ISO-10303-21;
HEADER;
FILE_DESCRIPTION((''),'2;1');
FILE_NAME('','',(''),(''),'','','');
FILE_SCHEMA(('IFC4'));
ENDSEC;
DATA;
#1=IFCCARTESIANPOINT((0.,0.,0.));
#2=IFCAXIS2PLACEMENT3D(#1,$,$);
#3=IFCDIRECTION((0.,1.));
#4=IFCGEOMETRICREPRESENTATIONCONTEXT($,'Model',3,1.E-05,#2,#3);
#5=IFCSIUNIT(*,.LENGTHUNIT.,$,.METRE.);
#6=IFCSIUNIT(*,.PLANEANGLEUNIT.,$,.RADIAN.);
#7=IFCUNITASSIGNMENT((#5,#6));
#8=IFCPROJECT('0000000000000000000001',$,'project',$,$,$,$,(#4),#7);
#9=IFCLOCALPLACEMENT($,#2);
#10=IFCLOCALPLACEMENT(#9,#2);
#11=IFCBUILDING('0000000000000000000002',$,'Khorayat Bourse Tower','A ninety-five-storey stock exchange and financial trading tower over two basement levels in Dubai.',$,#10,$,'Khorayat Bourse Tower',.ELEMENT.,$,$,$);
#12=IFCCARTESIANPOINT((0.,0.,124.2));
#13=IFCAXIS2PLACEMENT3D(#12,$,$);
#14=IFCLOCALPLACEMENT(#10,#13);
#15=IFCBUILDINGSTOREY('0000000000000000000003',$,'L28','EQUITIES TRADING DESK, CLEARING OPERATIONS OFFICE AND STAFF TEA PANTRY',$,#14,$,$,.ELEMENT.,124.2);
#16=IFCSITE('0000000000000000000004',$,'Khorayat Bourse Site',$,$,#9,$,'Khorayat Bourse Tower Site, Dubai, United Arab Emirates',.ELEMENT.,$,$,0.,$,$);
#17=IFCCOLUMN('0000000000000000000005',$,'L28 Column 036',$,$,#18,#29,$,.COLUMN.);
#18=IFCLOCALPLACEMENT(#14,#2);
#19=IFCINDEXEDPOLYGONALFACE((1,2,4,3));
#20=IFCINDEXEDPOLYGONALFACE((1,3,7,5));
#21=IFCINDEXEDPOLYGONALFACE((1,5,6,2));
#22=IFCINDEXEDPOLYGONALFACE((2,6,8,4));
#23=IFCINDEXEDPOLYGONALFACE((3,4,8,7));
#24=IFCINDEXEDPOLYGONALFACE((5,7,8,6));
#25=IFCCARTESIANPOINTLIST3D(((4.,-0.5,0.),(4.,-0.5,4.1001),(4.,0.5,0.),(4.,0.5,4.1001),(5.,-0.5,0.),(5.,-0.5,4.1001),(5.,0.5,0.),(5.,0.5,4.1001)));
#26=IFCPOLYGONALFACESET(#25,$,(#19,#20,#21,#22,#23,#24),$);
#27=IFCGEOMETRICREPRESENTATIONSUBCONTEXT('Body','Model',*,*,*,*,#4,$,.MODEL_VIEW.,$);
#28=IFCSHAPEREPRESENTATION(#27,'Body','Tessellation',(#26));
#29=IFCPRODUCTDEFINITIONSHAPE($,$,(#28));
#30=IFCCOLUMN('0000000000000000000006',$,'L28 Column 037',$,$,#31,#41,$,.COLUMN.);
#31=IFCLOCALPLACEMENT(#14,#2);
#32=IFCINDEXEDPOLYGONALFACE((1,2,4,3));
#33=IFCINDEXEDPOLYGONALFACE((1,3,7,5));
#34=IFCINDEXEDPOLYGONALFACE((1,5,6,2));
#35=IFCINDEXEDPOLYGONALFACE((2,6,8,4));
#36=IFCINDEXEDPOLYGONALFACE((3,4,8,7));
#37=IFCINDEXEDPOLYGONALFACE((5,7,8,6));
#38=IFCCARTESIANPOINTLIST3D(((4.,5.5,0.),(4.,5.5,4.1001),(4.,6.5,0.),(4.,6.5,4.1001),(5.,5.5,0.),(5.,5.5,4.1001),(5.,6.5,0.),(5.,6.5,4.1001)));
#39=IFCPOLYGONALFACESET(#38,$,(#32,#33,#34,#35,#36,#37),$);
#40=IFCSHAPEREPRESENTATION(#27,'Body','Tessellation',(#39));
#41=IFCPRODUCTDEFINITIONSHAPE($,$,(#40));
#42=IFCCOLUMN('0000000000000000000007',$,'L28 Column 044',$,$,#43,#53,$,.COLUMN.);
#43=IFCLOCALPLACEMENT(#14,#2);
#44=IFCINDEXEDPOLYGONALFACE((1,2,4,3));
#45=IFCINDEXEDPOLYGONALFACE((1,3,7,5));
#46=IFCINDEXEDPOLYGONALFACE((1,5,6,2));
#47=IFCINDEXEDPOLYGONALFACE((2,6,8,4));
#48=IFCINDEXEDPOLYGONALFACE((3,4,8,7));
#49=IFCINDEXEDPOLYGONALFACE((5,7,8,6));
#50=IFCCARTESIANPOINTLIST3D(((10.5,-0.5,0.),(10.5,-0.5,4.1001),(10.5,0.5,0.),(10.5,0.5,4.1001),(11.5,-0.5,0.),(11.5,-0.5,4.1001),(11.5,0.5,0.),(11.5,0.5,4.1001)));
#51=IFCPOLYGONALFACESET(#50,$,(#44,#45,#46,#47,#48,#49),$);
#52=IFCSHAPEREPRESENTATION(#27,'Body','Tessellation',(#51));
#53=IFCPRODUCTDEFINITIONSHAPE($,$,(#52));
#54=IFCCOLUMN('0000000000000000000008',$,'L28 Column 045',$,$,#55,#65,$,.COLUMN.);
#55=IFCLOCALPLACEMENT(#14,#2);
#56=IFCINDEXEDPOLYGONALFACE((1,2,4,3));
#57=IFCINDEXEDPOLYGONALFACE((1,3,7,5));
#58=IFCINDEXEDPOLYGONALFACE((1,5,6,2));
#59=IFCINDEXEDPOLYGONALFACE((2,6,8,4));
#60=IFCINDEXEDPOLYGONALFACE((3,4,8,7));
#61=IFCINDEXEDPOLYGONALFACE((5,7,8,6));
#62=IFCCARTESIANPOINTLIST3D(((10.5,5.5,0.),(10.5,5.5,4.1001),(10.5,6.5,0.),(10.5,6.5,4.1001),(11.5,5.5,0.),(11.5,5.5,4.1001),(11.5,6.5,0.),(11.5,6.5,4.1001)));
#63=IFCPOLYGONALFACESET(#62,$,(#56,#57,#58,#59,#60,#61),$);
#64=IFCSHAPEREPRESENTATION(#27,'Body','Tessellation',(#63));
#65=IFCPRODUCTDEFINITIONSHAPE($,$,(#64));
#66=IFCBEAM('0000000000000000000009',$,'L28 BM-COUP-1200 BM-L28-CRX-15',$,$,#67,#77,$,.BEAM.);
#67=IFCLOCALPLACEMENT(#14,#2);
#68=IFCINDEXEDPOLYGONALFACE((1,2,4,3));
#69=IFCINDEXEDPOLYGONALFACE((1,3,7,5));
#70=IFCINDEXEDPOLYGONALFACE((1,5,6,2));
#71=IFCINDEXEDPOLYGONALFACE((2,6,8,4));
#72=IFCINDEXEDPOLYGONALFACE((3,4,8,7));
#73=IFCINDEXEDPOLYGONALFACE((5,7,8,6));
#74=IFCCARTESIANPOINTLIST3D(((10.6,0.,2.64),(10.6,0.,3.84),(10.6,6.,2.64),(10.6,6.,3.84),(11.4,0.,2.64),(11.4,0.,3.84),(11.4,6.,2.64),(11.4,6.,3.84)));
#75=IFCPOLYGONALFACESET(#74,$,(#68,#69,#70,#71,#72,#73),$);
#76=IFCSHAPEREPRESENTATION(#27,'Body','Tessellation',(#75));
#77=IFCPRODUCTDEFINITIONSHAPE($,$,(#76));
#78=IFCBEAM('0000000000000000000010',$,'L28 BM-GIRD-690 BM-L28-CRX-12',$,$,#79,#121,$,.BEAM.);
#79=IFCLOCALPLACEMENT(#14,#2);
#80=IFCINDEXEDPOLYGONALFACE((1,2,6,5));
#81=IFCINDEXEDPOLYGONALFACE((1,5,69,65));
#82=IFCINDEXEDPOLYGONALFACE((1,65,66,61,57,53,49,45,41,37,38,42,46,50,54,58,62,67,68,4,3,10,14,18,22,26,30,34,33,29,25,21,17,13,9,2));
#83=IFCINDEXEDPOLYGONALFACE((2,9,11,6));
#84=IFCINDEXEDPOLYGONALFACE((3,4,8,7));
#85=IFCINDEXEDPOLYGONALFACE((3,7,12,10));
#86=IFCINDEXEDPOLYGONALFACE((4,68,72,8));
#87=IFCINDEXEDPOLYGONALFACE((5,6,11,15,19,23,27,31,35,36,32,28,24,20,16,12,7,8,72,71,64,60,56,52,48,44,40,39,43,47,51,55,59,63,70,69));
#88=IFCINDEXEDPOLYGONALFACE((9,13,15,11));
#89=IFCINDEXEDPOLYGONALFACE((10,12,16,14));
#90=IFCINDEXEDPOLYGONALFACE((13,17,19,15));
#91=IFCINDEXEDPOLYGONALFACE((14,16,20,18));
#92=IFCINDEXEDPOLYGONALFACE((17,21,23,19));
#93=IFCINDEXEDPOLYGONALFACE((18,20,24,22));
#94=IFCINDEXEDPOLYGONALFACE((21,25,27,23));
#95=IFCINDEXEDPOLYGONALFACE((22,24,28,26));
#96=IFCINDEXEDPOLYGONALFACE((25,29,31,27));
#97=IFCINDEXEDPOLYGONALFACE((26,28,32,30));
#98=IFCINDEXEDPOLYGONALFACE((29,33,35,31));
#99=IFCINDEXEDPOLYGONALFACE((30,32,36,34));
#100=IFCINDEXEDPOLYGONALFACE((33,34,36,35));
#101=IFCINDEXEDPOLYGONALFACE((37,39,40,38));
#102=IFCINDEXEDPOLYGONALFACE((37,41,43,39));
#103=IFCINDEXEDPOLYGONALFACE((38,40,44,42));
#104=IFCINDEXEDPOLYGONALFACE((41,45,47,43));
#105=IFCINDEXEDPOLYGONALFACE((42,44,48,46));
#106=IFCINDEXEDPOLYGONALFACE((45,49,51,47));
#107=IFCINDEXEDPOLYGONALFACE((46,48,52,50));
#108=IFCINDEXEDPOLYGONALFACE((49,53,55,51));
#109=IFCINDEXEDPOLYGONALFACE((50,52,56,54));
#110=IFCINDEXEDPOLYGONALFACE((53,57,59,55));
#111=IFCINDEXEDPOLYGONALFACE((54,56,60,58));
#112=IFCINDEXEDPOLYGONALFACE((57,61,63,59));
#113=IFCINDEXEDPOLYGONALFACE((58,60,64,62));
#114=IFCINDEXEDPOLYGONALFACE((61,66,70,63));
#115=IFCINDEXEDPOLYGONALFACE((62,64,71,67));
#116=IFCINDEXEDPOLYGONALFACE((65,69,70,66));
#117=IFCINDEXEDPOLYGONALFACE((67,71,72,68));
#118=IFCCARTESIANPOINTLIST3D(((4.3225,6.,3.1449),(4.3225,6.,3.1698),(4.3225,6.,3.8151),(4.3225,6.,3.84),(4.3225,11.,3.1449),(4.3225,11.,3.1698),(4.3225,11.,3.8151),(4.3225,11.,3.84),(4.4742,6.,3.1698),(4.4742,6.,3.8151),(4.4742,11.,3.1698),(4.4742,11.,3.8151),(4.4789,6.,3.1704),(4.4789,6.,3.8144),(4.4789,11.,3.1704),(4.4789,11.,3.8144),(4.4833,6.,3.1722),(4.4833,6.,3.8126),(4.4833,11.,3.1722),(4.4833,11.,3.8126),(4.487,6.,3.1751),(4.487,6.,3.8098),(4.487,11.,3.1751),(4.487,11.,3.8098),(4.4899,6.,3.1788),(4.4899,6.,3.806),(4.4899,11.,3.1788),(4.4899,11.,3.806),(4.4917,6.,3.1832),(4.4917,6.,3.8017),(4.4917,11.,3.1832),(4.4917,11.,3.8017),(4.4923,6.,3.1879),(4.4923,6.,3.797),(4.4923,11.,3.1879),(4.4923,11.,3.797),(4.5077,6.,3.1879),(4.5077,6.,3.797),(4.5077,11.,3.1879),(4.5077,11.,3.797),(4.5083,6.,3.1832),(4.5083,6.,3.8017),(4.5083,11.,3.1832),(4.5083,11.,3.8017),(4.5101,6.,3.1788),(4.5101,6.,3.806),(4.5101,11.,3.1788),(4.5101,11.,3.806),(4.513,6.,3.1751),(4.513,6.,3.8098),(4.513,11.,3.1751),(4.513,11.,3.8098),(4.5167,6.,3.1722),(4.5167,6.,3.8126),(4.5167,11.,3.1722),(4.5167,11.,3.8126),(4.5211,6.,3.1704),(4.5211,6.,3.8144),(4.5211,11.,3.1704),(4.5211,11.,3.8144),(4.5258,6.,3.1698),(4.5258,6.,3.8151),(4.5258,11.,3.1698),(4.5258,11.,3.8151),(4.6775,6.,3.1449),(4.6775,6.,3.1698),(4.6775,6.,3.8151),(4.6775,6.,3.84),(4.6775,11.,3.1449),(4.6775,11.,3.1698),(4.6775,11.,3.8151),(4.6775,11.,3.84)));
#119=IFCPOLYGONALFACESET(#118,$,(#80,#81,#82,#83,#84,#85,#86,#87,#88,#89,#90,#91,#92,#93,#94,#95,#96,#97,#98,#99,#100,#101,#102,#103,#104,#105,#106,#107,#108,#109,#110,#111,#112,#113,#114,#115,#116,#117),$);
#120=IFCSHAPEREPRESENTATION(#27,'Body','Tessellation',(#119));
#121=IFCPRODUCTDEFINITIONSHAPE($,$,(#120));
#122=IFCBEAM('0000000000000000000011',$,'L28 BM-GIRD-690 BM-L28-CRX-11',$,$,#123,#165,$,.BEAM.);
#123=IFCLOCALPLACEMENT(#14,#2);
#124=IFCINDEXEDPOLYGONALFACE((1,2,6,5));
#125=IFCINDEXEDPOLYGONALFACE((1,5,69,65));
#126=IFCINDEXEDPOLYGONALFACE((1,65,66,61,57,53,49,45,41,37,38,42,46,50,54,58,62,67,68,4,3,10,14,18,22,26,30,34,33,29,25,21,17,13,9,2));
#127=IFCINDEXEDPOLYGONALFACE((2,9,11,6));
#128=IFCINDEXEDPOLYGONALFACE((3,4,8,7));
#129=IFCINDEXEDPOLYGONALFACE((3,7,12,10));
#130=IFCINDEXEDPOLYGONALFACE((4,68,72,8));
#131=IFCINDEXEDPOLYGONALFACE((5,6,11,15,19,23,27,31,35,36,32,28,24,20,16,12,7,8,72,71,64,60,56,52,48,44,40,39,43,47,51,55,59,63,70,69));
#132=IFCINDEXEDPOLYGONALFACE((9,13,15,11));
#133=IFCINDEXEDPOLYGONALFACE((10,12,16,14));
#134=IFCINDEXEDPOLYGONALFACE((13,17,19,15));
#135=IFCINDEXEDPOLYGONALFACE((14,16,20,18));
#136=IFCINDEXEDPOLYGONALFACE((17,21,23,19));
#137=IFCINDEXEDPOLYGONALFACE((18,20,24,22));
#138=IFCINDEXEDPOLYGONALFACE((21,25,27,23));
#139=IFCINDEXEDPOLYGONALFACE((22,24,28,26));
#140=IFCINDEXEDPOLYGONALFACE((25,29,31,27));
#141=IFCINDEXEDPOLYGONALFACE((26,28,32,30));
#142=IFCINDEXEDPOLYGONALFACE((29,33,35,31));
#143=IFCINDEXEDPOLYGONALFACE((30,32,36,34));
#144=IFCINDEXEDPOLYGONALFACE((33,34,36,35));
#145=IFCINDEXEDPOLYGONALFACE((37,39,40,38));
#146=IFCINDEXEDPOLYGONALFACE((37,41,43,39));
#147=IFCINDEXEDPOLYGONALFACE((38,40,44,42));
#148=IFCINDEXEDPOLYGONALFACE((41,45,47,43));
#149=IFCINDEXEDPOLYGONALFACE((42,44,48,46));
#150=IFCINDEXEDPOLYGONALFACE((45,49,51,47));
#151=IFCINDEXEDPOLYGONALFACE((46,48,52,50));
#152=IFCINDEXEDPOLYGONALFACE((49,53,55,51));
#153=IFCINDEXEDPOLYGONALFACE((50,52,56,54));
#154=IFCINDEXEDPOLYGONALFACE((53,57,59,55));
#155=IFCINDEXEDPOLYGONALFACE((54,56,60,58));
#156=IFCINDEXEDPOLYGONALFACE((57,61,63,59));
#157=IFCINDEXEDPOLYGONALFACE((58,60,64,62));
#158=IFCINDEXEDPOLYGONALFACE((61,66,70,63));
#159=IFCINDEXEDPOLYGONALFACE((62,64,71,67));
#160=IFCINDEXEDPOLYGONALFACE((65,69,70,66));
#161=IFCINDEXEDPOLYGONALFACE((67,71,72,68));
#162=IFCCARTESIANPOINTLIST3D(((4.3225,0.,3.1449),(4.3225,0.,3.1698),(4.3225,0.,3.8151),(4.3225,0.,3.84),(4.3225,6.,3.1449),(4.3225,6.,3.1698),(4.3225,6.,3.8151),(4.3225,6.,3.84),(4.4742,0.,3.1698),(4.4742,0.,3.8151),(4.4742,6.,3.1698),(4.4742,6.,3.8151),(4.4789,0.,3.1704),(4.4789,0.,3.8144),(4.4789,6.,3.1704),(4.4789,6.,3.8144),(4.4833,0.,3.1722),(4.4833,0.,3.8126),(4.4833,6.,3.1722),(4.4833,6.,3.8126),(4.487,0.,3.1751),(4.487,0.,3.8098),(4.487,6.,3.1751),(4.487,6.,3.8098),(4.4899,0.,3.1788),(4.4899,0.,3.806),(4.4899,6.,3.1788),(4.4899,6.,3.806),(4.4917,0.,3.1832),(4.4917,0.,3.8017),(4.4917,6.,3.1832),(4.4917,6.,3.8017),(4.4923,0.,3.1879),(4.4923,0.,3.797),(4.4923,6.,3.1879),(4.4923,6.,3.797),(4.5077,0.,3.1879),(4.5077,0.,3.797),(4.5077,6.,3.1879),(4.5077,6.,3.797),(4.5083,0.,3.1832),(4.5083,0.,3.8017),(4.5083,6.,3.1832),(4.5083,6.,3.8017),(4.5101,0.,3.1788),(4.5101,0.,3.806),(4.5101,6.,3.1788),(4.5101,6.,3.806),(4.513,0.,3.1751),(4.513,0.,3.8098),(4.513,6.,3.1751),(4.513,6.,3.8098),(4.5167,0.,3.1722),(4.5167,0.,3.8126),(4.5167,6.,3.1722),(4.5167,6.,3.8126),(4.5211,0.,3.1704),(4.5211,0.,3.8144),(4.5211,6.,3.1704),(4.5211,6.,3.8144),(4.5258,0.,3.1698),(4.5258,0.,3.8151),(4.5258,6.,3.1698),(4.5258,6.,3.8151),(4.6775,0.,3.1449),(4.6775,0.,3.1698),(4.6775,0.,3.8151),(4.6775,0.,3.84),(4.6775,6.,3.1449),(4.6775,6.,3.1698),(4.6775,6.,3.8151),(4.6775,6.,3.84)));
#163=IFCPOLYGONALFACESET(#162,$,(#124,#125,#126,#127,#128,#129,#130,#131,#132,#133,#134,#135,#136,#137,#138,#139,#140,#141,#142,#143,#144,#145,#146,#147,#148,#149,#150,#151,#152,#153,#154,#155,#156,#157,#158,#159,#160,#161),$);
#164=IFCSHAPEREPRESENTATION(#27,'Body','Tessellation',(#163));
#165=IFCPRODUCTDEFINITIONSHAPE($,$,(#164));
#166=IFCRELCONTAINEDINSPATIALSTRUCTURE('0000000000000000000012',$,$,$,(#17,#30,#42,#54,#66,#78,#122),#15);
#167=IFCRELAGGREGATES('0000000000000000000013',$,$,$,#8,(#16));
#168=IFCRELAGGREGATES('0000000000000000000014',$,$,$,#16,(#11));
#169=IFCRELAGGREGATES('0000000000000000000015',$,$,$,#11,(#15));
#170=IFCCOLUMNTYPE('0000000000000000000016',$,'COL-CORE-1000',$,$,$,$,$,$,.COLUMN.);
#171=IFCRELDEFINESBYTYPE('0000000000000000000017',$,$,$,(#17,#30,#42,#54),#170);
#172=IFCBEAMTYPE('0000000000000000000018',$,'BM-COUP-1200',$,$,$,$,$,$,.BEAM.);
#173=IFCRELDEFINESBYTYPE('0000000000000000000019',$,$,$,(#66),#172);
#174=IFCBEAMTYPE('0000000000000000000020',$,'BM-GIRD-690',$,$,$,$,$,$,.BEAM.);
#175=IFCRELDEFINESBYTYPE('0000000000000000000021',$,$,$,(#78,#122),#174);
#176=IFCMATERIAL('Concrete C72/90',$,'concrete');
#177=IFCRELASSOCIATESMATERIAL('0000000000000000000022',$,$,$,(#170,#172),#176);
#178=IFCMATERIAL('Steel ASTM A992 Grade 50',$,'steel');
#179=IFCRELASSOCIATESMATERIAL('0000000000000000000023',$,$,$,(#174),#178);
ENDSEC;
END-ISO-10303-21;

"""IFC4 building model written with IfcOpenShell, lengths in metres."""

from ifc_helpers import new_model, si_unit, direction, frame, origin, origin_2d, place, context, subcontext, project, spatial, rectangle, i_section, extrude, source, transform, mapped, material, material_profile, profile_set, type_object, element, save


model = new_model("IFC4")

# Units and contexts
model_context = context("Model", 3, precision=1e-05, world=origin(), true_north=direction((0.0, 1.0)))
body_context = subcontext(model_context, "Body", "Model", "MODEL_VIEW")
ifc_project = project(units=[si_unit("LENGTHUNIT", "METRE"), si_unit("PLANEANGLEUNIT", "RADIAN")], contexts=[model_context])

# Site, building, storey
site_placement = place(None, origin())
site = spatial("IfcSite", under=ifc_project, at=site_placement, Name="Khorayat Bourse Site", LongName="Khorayat Bourse Tower Site, Dubai, United Arab Emirates", CompositionType="ELEMENT", RefElevation=0.0)
building_placement = place(site_placement, origin())
building = spatial("IfcBuilding", under=site, at=building_placement, Name="Khorayat Bourse Tower", Description="A ninety-five-storey stock exchange and financial trading tower over two basement levels in Dubai.", LongName="Khorayat Bourse Tower", CompositionType="ELEMENT")
storey_placement = place(building_placement, frame((0.0, 0.0, 124.2)))
storey = spatial("IfcBuildingStorey", under=building, at=storey_placement, Name="L28", Description="EQUITIES TRADING DESK, CLEARING OPERATIONS OFFICE AND STAFF TEA PANTRY", CompositionType="ELEMENT", Elevation=124.2)

# Columns
ifc_material_1 = material(Name="Concrete C72/90", Category="concrete")
ifc_material_profile_1 = material_profile(ifc_material_1, rectangle(XDim=1.0, YDim=1.0, at=origin_2d()), Name="RC 1000x1000")
ifc_profile_set_1 = profile_set([ifc_material_profile_1], Name="Concrete C72/90")
column_type = type_object("IfcColumnType", Name="COL-CORE-1000", PredefinedType="COLUMN", material=ifc_profile_set_1)
shared_shape_1 = source(origin(), body_context, "Body", "SweptSolid", [
    extrude(rectangle(XDim=1.0, YDim=1.0, at=origin_2d()), origin(), (0.0, 0.0, 1.0), 4.1001),
])
for number, where, z_axis, x_axis, name in (
    (1, (4.5, 0.0, 0.0), (0.0, 0.0, 1.0), (1.0, 0.0, 0.0), "L28 Column 036"),
    (2, (4.5, 6.0, 0.0), (0.0, 0.0, 1.0), (1.0, 0.0, 0.0), "L28 Column 037"),
    (3, (11.0, 0.0, 0.0), (0.0, 0.0, 1.0), (1.0, 0.0, 0.0), "L28 Column 044"),
    (4, (11.0, 6.0, 0.0), (0.0, 0.0, 1.0), (1.0, 0.0, 0.0), "L28 Column 045"),
):
    element("IfcColumn", number, at=place(storey_placement, frame(where, z_axis=z_axis, x_axis=x_axis)), inside=storey, type_object=column_type, Name=name, PredefinedType="COLUMN", context=body_context, shape_type="MappedRepresentation", body=[
        mapped(shared_shape_1, transform((0.0, 0.0, 0.0), scale=1.0)),
    ])

# Beams
ifc_material_profile_2 = material_profile(ifc_material_1, rectangle(XDim=0.8, YDim=1.2, at=origin_2d()), Name="RC 800x1200")
ifc_profile_set_2 = profile_set([ifc_material_profile_2], Name="Concrete C72/90")
beam_type_1 = type_object("IfcBeamType", Name="BM-COUP-1200", PredefinedType="BEAM", material=ifc_profile_set_2)
shared_shape_2 = source(origin(), body_context, "Body", "SweptSolid", [
    extrude(rectangle(XDim=0.8, YDim=1.2, at=origin_2d()), origin(), (0.0, 0.0, 1.0), 6.0),
])
beam_1_placement = place(storey_placement, frame((11.0, 0.0, 3.24), z_axis=(0.0, 1.0, 0.0), x_axis=(-1.0, 0.0, 0.0)))
element("IfcBeam", 5, at=beam_1_placement, inside=storey, type_object=beam_type_1, Name="L28 BM-COUP-1200 BM-L28-CRX-15", PredefinedType="BEAM", context=body_context, shape_type="MappedRepresentation", body=[
    mapped(shared_shape_2, transform((0.0, 0.0, 0.0), scale=1.0)),
])
ifc_material_2 = material(Name="Steel ASTM A992 Grade 50", Category="steel")
ifc_material_profile_3 = material_profile(ifc_material_2, i_section(OverallWidth=0.355, OverallDepth=0.6951, WebThickness=0.0154, FlangeThickness=0.0249, FilletRadius=0.0181, at=origin_2d()), Name="W690X217")
ifc_profile_set_3 = profile_set([ifc_material_profile_3], Name="Steel ASTM A992 Grade 50")
beam_type_2 = type_object("IfcBeamType", Name="BM-GIRD-690", PredefinedType="BEAM", material=ifc_profile_set_3)
shared_shape_3 = source(origin(), body_context, "Body", "SweptSolid", [
    extrude(i_section(OverallWidth=0.355, OverallDepth=0.6951, WebThickness=0.0154, FlangeThickness=0.0249, FilletRadius=0.0181, at=origin_2d()), origin(), (0.0, 0.0, 1.0), 5.0),
])
beam_2_placement = place(storey_placement, frame((4.5, 6.0, 3.4924), z_axis=(0.0, 1.0, 0.0), x_axis=(-1.0, 0.0, 0.0)))
element("IfcBeam", 6, at=beam_2_placement, inside=storey, type_object=beam_type_2, Name="L28 BM-GIRD-690 BM-L28-CRX-12", PredefinedType="BEAM", context=body_context, shape_type="MappedRepresentation", body=[
    mapped(shared_shape_3, transform((0.0, 0.0, 0.0), scale=1.0)),
])
shared_shape_4 = source(origin(), body_context, "Body", "SweptSolid", [
    extrude(i_section(OverallWidth=0.355, OverallDepth=0.6951, WebThickness=0.0154, FlangeThickness=0.0249, FilletRadius=0.0181, at=origin_2d()), origin(), (0.0, 0.0, 1.0), 6.0),
])
beam_3_placement = place(storey_placement, frame((4.5, 0.0, 3.4924), z_axis=(0.0, 1.0, 0.0), x_axis=(-1.0, 0.0, 0.0)))
element("IfcBeam", 7, at=beam_3_placement, inside=storey, type_object=beam_type_2, Name="L28 BM-GIRD-690 BM-L28-CRX-11", PredefinedType="BEAM", context=body_context, shape_type="MappedRepresentation", body=[
    mapped(shared_shape_4, transform((0.0, 0.0, 0.0), scale=1.0)),
])

save(model, "model.ifc")
